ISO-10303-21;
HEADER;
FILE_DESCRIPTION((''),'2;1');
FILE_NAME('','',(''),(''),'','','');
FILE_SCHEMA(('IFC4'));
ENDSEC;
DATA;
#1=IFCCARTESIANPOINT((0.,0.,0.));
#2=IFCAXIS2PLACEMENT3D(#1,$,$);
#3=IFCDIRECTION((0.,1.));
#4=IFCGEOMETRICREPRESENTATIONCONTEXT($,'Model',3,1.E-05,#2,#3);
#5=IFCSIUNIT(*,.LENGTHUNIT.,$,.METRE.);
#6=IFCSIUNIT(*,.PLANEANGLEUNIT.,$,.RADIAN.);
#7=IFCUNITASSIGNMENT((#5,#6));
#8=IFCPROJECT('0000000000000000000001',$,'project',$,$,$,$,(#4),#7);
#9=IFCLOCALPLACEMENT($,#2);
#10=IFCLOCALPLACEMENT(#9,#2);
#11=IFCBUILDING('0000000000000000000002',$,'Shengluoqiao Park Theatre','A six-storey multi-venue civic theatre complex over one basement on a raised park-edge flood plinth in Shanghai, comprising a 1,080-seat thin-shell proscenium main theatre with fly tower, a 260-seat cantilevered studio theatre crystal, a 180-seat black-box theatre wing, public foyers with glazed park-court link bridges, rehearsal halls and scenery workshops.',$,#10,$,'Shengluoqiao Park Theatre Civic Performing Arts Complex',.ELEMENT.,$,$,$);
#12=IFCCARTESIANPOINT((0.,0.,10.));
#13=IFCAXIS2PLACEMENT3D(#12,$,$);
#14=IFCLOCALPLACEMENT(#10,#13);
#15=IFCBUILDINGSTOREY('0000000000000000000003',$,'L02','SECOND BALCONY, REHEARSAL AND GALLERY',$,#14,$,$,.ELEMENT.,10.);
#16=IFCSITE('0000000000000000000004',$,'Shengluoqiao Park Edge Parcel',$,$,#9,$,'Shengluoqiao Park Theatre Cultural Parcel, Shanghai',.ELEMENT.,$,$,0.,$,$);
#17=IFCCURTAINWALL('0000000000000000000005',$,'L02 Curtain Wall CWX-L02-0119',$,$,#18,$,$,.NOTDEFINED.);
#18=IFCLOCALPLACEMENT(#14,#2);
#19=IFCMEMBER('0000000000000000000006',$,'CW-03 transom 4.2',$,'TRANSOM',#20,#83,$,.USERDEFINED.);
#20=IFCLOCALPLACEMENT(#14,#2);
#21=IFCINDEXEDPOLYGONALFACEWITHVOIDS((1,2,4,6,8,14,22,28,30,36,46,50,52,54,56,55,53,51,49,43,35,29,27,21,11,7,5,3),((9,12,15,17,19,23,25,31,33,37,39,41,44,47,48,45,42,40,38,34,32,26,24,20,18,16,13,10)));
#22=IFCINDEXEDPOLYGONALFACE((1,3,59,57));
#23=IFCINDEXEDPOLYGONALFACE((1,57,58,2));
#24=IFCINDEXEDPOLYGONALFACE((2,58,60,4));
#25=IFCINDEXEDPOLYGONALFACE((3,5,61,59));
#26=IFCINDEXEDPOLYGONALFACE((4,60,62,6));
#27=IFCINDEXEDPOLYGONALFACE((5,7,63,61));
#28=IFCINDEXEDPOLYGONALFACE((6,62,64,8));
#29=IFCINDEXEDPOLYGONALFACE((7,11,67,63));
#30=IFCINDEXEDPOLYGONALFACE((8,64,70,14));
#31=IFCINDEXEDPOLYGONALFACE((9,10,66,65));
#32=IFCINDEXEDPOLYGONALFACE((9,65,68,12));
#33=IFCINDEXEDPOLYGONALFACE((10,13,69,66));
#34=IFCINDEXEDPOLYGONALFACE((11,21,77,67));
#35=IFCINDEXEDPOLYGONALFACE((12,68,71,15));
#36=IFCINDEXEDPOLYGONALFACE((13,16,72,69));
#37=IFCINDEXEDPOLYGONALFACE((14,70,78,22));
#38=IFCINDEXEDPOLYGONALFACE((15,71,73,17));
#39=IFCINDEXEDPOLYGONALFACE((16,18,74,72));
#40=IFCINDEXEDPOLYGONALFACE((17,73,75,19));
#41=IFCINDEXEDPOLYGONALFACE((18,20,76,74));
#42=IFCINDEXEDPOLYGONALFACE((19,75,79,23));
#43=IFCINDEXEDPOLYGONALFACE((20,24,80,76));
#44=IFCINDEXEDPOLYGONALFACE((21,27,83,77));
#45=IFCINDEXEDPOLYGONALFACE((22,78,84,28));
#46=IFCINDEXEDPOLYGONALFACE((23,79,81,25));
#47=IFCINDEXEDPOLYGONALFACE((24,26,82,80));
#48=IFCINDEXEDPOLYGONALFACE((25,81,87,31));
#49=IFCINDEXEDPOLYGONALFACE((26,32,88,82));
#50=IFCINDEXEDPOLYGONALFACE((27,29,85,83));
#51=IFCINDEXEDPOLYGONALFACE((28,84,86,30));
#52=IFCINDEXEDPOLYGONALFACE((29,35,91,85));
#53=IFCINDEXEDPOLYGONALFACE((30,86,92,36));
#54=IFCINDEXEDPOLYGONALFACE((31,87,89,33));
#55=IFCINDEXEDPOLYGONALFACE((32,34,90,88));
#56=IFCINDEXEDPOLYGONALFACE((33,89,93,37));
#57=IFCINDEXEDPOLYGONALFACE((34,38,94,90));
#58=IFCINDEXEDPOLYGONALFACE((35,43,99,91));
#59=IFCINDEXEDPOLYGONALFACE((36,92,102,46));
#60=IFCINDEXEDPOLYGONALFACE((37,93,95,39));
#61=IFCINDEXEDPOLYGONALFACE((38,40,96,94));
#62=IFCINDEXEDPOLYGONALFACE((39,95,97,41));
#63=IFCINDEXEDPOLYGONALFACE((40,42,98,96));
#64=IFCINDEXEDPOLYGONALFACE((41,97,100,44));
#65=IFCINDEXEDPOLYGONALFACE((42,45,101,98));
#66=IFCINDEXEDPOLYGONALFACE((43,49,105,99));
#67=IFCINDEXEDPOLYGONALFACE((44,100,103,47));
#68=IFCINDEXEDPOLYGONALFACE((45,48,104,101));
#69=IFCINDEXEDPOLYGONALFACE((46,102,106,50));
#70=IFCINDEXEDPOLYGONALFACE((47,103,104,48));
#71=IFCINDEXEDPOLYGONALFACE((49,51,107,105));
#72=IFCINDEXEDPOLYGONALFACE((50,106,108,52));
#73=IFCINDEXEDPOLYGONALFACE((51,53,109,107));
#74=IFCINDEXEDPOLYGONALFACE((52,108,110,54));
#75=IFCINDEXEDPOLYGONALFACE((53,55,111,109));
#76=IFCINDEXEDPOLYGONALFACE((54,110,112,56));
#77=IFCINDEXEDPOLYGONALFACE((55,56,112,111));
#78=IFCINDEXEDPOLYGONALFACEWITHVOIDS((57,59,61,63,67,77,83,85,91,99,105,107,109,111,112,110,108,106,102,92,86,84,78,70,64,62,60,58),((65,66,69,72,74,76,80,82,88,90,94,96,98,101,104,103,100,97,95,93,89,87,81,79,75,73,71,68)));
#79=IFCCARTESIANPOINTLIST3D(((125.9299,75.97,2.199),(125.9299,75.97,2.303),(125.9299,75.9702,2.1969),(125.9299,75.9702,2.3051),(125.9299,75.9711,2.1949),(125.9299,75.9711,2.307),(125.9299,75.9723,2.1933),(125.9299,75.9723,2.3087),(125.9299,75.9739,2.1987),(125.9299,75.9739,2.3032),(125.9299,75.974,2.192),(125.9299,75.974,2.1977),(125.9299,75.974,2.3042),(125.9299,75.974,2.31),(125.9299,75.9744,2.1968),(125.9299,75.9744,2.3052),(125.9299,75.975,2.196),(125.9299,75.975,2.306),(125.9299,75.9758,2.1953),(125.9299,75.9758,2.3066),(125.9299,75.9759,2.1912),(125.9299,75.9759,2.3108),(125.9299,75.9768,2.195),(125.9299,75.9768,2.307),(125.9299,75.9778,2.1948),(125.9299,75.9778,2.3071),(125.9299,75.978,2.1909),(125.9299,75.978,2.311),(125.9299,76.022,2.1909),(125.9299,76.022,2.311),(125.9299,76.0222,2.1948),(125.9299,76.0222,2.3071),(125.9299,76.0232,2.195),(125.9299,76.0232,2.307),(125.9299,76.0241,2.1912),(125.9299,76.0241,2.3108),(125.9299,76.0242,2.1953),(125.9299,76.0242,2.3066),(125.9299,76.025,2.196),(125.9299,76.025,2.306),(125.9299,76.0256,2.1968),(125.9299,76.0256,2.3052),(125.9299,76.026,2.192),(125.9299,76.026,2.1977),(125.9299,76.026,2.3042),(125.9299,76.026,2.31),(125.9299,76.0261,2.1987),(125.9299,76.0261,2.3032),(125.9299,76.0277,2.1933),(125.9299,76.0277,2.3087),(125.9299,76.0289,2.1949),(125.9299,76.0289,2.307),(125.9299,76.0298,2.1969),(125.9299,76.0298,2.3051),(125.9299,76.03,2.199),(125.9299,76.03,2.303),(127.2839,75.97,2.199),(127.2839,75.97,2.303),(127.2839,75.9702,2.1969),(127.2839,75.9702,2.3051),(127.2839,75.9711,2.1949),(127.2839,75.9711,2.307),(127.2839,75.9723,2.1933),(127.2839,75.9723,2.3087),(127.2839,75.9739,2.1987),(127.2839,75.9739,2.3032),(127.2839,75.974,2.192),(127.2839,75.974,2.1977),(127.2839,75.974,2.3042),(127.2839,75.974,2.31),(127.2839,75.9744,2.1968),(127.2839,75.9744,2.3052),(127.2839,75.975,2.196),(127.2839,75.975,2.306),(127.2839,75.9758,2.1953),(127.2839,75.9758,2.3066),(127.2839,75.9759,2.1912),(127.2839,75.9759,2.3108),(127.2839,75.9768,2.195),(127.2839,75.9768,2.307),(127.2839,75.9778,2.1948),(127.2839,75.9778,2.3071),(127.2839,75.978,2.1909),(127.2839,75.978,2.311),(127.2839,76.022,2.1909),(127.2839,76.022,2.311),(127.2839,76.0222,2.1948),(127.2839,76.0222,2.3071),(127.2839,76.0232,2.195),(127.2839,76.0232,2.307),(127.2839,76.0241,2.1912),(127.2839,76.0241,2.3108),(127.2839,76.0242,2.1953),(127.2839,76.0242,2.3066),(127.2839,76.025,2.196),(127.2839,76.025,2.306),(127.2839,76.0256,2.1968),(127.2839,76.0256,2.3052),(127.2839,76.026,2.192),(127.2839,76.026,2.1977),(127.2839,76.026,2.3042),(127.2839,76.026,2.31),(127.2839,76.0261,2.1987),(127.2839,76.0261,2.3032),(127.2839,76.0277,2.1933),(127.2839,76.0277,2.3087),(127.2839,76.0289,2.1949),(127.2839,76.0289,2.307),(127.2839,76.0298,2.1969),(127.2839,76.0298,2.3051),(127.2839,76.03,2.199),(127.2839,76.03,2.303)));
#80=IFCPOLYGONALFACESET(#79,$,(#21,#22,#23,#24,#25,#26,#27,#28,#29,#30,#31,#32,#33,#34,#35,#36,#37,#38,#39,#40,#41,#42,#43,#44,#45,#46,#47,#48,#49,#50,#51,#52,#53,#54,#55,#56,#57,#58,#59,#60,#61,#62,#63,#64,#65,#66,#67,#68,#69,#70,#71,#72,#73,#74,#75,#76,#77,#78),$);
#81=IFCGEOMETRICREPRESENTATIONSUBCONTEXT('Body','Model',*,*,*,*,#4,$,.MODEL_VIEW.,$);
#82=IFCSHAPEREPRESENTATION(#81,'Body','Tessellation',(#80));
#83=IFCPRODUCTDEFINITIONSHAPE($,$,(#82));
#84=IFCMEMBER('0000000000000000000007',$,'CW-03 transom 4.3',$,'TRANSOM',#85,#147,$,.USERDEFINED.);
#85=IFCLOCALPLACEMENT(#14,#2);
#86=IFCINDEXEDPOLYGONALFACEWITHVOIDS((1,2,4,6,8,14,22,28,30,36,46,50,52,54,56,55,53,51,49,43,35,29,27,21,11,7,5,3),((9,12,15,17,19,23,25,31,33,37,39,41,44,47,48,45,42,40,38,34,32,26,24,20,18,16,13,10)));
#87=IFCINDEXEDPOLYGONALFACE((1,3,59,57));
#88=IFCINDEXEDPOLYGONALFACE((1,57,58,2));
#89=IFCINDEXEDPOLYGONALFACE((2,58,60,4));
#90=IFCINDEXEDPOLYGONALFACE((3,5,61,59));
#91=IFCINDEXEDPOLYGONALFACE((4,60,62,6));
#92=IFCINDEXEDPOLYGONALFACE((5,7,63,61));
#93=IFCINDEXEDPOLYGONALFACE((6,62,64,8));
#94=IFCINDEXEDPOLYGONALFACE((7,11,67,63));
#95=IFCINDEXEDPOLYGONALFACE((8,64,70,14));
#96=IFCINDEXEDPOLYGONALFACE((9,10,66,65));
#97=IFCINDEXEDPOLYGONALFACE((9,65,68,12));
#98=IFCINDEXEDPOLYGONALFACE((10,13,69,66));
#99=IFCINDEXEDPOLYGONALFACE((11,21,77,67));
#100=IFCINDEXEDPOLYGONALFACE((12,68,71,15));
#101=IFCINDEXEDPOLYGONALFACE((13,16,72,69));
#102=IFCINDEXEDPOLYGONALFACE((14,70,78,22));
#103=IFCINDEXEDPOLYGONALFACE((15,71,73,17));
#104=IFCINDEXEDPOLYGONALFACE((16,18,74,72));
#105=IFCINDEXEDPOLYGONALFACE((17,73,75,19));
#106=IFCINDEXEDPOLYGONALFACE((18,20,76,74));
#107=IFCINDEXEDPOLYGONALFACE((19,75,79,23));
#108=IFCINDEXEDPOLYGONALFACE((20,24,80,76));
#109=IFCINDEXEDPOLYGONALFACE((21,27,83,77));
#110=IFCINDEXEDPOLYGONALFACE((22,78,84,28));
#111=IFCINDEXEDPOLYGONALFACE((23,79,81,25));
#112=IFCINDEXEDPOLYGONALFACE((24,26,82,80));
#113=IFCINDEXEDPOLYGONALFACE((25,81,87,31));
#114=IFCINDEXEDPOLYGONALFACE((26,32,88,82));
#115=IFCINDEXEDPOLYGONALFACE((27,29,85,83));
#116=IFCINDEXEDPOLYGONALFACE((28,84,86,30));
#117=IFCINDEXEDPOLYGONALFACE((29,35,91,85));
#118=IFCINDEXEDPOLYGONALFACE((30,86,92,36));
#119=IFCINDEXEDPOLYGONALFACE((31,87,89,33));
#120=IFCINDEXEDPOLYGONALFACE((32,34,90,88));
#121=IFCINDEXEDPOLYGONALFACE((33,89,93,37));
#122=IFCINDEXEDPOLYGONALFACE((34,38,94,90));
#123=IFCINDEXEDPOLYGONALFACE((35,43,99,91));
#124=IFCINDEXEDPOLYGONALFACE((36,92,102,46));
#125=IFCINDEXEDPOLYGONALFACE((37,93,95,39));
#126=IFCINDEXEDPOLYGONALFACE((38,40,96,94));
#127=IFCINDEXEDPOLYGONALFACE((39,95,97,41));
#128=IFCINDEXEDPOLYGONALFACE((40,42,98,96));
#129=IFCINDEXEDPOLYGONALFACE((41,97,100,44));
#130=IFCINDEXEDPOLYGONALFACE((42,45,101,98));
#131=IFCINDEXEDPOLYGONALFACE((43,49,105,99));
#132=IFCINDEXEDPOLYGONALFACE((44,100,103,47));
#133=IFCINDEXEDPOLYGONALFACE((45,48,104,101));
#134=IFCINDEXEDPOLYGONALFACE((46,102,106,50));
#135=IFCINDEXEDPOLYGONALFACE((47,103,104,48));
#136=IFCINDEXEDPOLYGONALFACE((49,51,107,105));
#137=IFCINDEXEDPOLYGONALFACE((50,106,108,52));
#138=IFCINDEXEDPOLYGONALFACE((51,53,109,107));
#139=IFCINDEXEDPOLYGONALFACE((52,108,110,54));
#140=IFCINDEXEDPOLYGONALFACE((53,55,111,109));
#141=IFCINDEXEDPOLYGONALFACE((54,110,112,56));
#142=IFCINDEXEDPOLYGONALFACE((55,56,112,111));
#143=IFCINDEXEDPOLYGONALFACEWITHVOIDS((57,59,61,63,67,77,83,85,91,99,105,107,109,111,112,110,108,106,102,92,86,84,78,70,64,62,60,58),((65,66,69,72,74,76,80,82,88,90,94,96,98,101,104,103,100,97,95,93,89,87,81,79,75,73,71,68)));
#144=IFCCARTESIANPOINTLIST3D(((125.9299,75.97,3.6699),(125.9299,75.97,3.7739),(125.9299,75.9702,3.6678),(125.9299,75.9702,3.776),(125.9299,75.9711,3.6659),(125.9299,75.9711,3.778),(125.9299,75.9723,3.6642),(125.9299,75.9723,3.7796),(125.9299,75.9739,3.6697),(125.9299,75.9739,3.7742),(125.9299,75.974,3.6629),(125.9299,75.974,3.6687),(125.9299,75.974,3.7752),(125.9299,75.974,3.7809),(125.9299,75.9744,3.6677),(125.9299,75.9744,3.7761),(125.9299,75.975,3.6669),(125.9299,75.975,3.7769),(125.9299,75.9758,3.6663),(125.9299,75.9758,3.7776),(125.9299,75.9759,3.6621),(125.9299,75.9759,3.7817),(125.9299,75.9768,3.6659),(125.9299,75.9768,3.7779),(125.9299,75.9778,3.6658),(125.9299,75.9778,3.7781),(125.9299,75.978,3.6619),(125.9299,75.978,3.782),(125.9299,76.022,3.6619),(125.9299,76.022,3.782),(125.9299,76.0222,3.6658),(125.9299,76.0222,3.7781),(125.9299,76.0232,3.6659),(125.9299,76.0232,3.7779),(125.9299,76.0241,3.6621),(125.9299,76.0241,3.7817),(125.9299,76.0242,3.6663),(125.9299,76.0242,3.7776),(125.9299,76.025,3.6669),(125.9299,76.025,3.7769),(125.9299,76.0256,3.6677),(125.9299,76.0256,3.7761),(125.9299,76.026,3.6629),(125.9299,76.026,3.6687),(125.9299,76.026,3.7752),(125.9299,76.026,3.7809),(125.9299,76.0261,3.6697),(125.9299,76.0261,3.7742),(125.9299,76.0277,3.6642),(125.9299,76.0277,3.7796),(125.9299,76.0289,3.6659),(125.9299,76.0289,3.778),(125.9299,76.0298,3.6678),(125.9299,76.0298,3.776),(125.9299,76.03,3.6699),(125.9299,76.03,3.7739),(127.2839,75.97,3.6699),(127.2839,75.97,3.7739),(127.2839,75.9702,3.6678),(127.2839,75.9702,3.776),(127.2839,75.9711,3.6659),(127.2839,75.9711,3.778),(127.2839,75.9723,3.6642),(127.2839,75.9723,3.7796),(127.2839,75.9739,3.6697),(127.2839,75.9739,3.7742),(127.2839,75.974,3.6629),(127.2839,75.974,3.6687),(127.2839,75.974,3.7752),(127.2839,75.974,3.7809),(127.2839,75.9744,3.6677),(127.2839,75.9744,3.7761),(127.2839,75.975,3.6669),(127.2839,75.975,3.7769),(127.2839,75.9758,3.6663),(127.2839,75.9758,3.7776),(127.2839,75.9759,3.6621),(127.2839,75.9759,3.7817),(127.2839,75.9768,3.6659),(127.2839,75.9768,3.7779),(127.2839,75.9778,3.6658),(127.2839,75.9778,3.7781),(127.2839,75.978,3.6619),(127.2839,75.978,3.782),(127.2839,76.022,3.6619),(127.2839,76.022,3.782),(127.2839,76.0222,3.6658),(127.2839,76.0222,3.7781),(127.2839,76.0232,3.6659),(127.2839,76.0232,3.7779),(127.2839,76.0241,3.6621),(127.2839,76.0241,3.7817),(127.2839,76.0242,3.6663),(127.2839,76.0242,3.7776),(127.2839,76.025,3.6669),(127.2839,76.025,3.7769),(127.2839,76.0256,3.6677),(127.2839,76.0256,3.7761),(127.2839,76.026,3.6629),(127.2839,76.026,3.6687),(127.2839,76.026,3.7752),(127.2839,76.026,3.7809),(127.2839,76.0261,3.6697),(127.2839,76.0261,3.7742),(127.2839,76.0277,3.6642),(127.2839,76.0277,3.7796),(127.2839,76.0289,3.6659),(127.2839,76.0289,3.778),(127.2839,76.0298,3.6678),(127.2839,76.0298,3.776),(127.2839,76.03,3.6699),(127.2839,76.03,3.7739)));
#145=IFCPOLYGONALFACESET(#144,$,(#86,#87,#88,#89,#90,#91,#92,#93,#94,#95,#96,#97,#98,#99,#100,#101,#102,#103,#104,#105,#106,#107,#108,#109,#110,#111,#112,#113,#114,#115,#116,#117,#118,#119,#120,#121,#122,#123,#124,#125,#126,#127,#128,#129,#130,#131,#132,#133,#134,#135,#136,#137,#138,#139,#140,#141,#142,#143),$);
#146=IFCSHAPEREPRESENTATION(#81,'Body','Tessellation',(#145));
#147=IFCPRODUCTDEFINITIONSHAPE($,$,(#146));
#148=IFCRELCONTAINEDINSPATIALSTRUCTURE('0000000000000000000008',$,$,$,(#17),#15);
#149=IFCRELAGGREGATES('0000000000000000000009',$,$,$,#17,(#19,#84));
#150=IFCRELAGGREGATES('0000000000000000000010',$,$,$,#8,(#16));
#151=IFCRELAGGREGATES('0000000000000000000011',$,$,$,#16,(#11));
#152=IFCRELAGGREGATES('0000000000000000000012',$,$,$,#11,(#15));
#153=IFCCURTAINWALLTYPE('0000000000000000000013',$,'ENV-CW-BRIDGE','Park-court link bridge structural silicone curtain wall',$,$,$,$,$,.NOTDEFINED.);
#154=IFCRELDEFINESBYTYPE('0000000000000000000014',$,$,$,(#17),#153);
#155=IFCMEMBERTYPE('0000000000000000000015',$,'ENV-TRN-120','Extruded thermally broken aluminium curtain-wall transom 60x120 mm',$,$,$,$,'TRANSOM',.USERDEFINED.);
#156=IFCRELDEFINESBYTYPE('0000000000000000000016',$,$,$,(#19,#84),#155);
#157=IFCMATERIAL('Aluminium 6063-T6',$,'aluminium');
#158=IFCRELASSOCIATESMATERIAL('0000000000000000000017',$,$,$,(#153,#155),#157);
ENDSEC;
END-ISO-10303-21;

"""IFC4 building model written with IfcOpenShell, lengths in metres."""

from ifc_helpers import new_model, si_unit, direction, frame, origin, origin_2d, place, context, subcontext, project, spatial, hollow_rectangle, extrude, material, material_profile, profile_set, type_object, element, aggregate, save


model = new_model("IFC4")

# Units and contexts
model_context = context("Model", 3, precision=1e-05, world=origin(), true_north=direction((0.0, 1.0)))
body_context = subcontext(model_context, "Body", "Model", "MODEL_VIEW")
ifc_project = project(units=[si_unit("LENGTHUNIT", "METRE"), si_unit("PLANEANGLEUNIT", "RADIAN")], contexts=[model_context])

# Site, building, storey
site_placement = place(None, origin())
site = spatial("IfcSite", under=ifc_project, at=site_placement, Name="Shengluoqiao Park Edge Parcel", LongName="Shengluoqiao Park Theatre Cultural Parcel, Shanghai", CompositionType="ELEMENT", RefElevation=0.0)
building_placement = place(site_placement, origin())
building = spatial("IfcBuilding", under=site, at=building_placement, Name="Shengluoqiao Park Theatre", Description="A six-storey multi-venue civic theatre complex over one basement on a raised park-edge flood plinth in Shanghai, comprising a 1,080-seat thin-shell proscenium main theatre with fly tower, a 260-seat cantilevered studio theatre crystal, a 180-seat black-box theatre wing, public foyers with glazed park-court link bridges, rehearsal halls and scenery workshops.", LongName="Shengluoqiao Park Theatre Civic Performing Arts Complex", CompositionType="ELEMENT")
storey_placement = place(building_placement, frame((0.0, 0.0, 10.0)))
storey = spatial("IfcBuildingStorey", under=building, at=storey_placement, Name="L02", Description="SECOND BALCONY, REHEARSAL AND GALLERY", CompositionType="ELEMENT", Elevation=10.0)

# Curtain wall, members
ifc_material_1 = material(Name="Aluminium 6063-T6", Category="aluminium")
curtain_wall_type = type_object("IfcCurtainWallType", Name="ENV-CW-BRIDGE", Description="Park-court link bridge structural silicone curtain wall", PredefinedType="NOTDEFINED", material=ifc_material_1)
curtain_wall_placement = place(storey_placement, origin())
curtain_wall = element("IfcCurtainWall", 1, at=curtain_wall_placement, inside=storey, type_object=curtain_wall_type, Name="L02 Curtain Wall CWX-L02-0119", PredefinedType="NOTDEFINED")
ifc_material_profile_1 = material_profile(ifc_material_1, hollow_rectangle(XDim=0.0601, YDim=0.1201, WallThickness=0.0039, InnerFilletRadius=0.0039, OuterFilletRadius=0.0081, at=origin_2d()), Name="ALU TRANSOM 120x60x4")
ifc_profile_set_1 = profile_set([ifc_material_profile_1], Name="Aluminium 6063-T6")
member_type_1 = type_object("IfcMemberType", Name="ENV-TRN-120", Description="Extruded thermally broken aluminium curtain-wall transom 60x120 mm", ElementType="TRANSOM", PredefinedType="USERDEFINED", material=ifc_profile_set_1)
member_1_placement = place(storey_placement, frame((125.9299, 76.0, 2.251), z_axis=(1.0, 0.0, 0.0), x_axis=(0.0, 1.0, 0.0)))
member_1 = element("IfcMember", 2, at=member_1_placement, type_object=member_type_1, Name="CW-03 transom 4.2", ObjectType="TRANSOM", PredefinedType="USERDEFINED", context=body_context, shape_type="SweptSolid", body=[
    extrude(hollow_rectangle(XDim=0.0601, YDim=0.1201, WallThickness=0.0039, InnerFilletRadius=0.0039, OuterFilletRadius=0.0081, at=origin_2d()), origin(), (0.0, 0.0, 1.0), 1.354),
])
member_2_placement = place(storey_placement, frame((125.9299, 76.0, 3.7219), z_axis=(1.0, 0.0, 0.0), x_axis=(0.0, 1.0, 0.0)))
member_2 = element("IfcMember", 3, at=member_2_placement, type_object=member_type_1, Name="CW-03 transom 4.3", ObjectType="TRANSOM", PredefinedType="USERDEFINED", context=body_context, shape_type="SweptSolid", body=[
    extrude(hollow_rectangle(XDim=0.0601, YDim=0.1201, WallThickness=0.0039, InnerFilletRadius=0.0039, OuterFilletRadius=0.0081, at=origin_2d()), origin(), (0.0, 0.0, 1.0), 1.354),
])
aggregate(curtain_wall, [member_1, member_2])

save(model, "model.ifc")
